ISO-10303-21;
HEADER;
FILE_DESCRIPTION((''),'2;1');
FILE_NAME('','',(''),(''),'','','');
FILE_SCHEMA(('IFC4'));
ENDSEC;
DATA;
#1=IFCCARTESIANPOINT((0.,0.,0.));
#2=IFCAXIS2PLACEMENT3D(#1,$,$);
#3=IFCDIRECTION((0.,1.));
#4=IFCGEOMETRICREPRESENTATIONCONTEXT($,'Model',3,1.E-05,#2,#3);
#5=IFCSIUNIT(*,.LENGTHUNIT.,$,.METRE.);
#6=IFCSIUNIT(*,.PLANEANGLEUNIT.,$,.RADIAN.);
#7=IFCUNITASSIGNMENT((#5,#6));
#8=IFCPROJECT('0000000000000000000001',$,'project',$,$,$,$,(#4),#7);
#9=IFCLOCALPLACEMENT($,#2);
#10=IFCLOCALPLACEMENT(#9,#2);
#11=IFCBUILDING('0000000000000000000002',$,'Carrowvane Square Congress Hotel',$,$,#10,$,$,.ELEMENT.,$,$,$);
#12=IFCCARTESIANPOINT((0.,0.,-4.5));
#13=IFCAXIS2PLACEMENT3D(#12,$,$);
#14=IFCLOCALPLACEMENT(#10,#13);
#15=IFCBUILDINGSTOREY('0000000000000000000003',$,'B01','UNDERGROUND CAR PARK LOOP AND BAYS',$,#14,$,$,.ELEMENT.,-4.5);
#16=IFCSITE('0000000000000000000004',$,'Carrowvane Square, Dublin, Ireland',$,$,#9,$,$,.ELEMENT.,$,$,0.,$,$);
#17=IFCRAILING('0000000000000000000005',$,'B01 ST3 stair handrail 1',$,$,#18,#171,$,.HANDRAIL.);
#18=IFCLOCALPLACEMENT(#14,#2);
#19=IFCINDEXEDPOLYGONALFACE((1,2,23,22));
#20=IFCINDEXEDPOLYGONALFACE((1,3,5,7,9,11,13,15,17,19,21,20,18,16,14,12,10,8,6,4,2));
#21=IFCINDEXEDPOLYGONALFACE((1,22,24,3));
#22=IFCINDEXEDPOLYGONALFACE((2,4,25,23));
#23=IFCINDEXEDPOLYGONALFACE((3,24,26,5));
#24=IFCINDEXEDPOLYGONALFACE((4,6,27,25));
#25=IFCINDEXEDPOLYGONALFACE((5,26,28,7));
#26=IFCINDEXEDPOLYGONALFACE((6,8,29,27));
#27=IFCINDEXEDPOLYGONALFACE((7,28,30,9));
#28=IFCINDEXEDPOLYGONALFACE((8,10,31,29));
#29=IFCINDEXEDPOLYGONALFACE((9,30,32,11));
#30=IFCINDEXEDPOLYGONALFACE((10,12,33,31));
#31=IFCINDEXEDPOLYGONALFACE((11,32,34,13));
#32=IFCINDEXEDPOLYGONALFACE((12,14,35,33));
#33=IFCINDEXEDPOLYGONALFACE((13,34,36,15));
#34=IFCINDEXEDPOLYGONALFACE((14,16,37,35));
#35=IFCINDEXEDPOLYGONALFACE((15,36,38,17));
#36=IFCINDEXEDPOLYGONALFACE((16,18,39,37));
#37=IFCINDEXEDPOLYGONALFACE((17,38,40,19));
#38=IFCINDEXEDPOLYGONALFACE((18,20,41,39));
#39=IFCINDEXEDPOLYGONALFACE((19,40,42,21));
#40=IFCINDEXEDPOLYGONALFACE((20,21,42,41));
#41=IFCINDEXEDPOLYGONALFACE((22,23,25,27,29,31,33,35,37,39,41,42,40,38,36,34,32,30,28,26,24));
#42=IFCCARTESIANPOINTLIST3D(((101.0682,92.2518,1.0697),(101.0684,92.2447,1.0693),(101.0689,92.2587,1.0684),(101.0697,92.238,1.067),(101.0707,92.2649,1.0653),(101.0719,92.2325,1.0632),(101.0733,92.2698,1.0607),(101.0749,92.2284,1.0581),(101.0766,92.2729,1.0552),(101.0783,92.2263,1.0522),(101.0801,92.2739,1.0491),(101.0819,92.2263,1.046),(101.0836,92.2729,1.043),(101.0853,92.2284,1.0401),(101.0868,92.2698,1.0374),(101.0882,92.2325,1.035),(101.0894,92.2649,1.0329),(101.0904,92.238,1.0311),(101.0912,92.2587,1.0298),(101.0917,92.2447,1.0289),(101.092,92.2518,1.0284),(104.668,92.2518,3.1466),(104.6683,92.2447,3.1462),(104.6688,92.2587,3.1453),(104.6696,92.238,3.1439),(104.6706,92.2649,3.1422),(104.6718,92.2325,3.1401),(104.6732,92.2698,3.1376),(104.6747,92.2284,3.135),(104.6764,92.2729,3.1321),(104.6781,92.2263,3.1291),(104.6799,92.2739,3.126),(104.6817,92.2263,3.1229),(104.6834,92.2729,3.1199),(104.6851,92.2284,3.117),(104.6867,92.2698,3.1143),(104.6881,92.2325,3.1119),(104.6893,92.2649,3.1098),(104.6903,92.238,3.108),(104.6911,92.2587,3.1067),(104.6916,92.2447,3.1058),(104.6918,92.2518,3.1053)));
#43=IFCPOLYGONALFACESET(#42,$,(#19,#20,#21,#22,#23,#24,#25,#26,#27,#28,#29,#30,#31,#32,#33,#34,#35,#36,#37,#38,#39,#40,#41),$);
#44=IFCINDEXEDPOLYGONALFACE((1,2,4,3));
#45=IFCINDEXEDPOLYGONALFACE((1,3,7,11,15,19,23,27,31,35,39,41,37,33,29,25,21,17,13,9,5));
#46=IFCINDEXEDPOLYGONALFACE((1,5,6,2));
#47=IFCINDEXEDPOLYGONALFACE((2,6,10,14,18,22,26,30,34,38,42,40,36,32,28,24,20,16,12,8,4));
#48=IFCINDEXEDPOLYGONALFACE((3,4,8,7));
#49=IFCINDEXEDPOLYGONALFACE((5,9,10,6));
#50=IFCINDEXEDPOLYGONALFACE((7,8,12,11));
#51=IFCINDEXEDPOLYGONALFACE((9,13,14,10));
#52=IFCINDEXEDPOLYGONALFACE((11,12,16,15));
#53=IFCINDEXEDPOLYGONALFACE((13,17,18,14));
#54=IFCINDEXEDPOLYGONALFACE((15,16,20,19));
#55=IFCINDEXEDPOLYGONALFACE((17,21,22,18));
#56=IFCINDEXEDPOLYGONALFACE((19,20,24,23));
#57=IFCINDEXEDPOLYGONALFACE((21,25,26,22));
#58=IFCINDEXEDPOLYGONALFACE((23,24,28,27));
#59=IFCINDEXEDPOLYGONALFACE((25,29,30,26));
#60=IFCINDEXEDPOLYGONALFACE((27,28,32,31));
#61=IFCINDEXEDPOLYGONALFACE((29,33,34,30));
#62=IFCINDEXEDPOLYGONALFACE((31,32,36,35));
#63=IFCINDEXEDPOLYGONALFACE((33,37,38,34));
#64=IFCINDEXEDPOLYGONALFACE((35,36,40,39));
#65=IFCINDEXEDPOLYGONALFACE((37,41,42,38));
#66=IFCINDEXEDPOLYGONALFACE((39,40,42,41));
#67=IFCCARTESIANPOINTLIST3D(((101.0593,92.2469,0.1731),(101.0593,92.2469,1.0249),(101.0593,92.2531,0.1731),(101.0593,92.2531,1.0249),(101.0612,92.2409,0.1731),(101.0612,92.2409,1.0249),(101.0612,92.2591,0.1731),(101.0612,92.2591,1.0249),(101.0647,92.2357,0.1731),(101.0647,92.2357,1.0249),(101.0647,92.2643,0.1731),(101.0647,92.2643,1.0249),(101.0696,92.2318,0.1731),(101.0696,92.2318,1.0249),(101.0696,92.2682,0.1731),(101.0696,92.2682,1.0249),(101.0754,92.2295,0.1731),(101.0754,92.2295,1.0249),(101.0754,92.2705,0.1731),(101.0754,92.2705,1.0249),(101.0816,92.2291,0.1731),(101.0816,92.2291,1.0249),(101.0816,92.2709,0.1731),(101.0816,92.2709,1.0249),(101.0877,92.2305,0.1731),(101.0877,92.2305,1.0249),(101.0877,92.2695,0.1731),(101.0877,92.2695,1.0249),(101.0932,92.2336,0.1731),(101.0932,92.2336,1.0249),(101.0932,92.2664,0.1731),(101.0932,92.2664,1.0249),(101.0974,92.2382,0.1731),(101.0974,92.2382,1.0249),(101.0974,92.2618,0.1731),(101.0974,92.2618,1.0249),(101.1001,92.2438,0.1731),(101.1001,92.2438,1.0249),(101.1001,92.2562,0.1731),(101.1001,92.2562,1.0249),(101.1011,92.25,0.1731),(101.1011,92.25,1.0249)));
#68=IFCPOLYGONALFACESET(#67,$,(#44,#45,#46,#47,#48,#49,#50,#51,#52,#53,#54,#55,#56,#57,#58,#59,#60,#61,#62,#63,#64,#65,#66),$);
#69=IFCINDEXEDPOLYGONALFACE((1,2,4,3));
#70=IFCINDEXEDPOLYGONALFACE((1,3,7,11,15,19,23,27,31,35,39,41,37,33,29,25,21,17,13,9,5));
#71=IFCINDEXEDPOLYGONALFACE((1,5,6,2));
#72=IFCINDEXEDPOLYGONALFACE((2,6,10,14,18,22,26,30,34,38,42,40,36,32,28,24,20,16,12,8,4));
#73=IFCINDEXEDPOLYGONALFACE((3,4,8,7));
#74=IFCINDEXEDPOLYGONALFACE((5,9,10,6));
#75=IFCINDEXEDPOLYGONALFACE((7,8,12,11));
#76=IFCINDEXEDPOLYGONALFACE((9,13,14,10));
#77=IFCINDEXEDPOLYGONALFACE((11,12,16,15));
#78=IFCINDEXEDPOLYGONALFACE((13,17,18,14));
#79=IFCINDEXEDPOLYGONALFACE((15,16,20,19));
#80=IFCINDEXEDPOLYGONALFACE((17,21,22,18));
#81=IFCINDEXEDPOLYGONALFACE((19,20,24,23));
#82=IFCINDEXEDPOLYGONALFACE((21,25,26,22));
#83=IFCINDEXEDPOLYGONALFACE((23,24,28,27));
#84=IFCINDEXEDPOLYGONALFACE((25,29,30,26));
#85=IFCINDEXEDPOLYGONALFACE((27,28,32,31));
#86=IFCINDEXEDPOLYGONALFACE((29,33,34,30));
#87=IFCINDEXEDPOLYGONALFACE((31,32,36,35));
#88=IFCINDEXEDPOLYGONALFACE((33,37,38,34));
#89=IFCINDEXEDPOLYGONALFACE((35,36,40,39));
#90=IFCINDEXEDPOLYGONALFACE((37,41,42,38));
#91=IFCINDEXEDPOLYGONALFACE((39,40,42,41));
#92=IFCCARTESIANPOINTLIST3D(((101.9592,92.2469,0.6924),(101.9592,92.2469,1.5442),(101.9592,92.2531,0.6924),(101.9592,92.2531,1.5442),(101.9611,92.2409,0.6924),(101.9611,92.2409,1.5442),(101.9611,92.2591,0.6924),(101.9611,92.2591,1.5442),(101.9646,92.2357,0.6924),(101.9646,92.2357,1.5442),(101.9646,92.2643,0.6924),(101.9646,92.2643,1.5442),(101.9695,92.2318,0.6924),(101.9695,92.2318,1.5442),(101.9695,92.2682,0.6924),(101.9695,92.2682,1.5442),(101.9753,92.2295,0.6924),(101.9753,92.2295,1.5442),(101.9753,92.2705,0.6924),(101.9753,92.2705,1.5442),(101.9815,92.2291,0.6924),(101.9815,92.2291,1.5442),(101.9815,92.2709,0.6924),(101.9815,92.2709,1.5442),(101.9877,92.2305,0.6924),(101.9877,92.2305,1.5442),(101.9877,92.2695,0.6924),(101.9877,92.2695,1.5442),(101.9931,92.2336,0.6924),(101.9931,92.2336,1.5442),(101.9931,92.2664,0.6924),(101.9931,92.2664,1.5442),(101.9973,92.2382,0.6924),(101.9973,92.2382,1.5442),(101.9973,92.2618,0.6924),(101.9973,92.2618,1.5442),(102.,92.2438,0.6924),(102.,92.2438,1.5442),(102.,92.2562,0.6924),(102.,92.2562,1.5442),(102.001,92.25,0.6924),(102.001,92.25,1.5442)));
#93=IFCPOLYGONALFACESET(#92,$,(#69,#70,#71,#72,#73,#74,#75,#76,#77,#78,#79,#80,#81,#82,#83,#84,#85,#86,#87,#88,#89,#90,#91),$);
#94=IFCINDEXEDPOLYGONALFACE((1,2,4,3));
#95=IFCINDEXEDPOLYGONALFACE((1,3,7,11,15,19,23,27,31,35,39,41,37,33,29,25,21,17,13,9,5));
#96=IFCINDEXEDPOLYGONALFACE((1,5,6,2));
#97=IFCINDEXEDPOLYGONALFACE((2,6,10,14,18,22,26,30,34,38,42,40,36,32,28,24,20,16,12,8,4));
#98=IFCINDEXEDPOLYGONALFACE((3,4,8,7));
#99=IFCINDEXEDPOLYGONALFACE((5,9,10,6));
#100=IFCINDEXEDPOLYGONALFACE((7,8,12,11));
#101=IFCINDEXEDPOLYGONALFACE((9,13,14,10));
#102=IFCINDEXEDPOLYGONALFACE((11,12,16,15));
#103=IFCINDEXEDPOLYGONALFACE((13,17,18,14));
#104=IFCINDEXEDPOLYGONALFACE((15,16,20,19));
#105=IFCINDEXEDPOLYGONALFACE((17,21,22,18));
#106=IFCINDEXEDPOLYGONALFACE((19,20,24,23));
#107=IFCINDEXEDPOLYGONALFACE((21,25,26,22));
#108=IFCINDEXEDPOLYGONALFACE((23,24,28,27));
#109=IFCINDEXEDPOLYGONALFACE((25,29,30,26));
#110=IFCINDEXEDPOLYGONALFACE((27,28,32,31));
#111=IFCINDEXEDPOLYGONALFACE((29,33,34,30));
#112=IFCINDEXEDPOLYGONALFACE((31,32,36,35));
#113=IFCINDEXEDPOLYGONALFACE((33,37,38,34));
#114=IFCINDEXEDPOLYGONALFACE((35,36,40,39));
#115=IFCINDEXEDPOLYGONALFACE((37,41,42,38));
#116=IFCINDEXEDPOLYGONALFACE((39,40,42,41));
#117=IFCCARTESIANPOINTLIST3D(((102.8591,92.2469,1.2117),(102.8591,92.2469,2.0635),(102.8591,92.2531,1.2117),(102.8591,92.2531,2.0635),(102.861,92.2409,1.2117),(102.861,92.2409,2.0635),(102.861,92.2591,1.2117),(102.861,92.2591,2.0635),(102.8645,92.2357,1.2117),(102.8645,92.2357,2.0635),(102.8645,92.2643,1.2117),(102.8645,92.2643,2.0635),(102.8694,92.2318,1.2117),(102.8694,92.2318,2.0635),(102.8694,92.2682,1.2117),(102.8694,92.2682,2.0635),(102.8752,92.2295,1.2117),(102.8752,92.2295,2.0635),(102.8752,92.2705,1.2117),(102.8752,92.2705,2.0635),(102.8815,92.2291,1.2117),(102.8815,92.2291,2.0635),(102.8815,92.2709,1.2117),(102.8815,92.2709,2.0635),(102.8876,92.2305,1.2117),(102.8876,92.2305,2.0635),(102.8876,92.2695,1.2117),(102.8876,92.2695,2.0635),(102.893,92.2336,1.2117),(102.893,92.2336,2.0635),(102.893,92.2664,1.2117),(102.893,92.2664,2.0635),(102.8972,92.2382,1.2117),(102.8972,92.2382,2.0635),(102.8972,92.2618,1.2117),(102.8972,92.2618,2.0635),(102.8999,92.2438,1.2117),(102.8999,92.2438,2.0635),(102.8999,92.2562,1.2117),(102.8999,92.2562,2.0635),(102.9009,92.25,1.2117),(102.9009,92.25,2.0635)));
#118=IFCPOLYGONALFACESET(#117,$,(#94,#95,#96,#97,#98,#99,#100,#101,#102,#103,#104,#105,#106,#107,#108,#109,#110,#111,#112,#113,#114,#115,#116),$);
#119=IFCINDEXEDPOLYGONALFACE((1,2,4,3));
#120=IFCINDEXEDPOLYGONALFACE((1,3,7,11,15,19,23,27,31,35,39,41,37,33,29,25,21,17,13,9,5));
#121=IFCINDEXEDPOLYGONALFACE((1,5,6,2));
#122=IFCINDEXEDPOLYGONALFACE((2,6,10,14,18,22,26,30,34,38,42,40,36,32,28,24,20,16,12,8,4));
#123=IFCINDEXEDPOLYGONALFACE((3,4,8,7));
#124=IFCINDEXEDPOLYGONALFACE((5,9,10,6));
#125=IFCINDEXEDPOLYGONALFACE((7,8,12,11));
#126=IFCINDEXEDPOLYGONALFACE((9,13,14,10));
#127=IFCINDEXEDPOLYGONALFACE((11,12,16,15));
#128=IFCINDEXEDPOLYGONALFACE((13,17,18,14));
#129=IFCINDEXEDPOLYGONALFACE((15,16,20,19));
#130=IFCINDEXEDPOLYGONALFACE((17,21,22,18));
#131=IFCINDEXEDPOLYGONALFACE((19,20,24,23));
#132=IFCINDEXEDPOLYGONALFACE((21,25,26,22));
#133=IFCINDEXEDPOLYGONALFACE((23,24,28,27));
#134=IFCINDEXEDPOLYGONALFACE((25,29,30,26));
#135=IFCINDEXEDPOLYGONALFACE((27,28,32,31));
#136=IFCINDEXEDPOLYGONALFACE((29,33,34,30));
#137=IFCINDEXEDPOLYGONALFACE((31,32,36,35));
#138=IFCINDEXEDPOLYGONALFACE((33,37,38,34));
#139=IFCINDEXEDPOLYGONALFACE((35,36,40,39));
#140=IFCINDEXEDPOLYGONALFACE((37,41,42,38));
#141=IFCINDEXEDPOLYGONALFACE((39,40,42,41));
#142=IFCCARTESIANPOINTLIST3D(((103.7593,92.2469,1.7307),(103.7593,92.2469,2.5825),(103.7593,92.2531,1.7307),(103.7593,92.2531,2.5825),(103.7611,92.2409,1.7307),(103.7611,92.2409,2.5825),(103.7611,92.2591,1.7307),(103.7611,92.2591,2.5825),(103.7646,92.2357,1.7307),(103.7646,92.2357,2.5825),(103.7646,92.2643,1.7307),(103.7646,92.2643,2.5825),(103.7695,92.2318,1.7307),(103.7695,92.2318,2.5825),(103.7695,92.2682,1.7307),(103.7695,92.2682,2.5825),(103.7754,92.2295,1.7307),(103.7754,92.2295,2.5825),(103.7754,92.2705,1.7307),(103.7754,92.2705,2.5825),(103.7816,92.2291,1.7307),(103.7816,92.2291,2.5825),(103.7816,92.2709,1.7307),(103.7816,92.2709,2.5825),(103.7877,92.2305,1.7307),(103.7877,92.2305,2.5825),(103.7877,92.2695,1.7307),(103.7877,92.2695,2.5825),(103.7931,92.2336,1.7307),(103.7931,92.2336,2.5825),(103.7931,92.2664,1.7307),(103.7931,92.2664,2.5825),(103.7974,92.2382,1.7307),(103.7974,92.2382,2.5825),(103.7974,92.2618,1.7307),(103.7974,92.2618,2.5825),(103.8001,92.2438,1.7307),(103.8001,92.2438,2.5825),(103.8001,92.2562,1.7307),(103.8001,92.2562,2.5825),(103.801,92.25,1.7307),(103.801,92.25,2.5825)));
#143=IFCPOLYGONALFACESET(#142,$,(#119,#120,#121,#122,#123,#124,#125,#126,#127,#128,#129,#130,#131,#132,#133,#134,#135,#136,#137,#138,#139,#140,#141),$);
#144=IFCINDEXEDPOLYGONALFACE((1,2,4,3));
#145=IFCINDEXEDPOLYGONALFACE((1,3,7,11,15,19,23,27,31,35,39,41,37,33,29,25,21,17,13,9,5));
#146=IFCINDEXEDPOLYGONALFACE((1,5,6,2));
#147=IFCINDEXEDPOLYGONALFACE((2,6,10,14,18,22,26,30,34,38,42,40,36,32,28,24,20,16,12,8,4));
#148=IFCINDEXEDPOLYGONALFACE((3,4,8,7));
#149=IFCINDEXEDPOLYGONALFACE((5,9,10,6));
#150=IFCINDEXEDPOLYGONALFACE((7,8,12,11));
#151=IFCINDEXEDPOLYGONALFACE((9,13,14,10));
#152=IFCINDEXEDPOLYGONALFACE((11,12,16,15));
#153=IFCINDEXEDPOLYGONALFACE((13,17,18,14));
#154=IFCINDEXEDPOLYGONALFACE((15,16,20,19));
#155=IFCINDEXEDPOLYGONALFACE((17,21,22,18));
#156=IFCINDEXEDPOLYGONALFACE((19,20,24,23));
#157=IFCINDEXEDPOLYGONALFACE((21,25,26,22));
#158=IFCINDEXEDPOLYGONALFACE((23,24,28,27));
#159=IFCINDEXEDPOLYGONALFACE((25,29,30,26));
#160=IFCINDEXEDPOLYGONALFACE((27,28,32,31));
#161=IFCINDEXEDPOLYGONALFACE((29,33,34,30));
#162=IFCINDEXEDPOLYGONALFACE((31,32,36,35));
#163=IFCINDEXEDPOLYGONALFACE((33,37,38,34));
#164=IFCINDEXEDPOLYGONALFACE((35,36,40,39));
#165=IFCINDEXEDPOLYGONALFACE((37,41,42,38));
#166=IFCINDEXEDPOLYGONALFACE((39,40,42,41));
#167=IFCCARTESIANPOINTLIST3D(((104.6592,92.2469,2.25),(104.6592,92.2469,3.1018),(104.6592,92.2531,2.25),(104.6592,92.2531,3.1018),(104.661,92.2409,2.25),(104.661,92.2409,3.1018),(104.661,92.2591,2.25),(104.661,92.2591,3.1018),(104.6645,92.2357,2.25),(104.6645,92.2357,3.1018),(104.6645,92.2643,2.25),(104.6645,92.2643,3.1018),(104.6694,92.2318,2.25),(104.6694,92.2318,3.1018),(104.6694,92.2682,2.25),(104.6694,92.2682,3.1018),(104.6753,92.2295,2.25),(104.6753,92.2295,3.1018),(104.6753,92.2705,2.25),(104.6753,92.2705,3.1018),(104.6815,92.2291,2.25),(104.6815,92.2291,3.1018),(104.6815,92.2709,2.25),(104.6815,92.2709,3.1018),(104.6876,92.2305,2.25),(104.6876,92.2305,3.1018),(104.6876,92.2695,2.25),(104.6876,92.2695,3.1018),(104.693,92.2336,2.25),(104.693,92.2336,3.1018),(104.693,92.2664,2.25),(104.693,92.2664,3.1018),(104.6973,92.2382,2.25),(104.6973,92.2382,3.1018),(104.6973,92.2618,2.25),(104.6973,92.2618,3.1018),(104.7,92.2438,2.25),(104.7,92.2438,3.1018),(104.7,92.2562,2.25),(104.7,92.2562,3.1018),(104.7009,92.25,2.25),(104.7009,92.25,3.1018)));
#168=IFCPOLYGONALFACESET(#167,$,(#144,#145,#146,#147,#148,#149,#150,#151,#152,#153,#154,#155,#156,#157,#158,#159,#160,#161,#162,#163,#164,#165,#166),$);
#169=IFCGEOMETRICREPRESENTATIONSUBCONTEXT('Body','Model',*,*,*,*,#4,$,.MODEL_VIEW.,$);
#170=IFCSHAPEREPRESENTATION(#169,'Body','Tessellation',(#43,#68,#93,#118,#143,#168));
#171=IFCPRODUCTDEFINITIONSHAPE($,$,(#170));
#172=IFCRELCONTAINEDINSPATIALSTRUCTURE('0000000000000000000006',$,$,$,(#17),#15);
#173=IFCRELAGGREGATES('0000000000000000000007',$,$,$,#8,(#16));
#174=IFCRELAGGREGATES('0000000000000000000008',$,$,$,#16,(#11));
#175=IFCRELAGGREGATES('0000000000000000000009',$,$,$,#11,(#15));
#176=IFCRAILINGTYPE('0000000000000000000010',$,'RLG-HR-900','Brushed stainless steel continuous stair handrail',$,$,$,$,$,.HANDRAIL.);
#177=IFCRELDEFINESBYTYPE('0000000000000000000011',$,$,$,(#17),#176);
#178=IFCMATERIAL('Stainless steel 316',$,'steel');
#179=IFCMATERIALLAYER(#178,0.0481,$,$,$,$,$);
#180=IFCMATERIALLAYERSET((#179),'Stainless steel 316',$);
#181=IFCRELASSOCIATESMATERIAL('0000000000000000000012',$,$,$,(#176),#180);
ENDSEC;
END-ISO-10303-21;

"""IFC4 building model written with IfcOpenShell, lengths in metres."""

from ifc_helpers import new_model, si_unit, direction, frame, origin, origin_2d, place, context, subcontext, project, spatial, circle, extrude, material, layer, layer_set, type_object, element, save


model = new_model("IFC4")

# Units and contexts
model_context = context("Model", 3, precision=1e-05, world=origin(), true_north=direction((0.0, 1.0)))
body_context = subcontext(model_context, "Body", "Model", "MODEL_VIEW")
ifc_project = project(units=[si_unit("LENGTHUNIT", "METRE"), si_unit("PLANEANGLEUNIT", "RADIAN")], contexts=[model_context])

# Site, building, storey
site_placement = place(None, origin())
site = spatial("IfcSite", under=ifc_project, at=site_placement, Name="Carrowvane Square, Dublin, Ireland", CompositionType="ELEMENT", RefElevation=0.0)
building_placement = place(site_placement, origin())
building = spatial("IfcBuilding", under=site, at=building_placement, Name="Carrowvane Square Congress Hotel", CompositionType="ELEMENT")
storey_placement = place(building_placement, frame((0.0, 0.0, -4.5)))
storey = spatial("IfcBuildingStorey", under=building, at=storey_placement, Name="B01", Description="UNDERGROUND CAR PARK LOOP AND BAYS", CompositionType="ELEMENT", Elevation=-4.5)

# Railing
ifc_material_1 = material(Name="Stainless steel 316", Category="steel")
ifc_layer_1 = layer(ifc_material_1, 0.0481)
ifc_layer_set_1 = layer_set([ifc_layer_1], Name="Stainless steel 316")
railing_type_1 = type_object("IfcRailingType", Name="RLG-HR-900", Description="Brushed stainless steel continuous stair handrail", PredefinedType="HANDRAIL", material=ifc_layer_set_1)
railing_1_placement = place(storey_placement, frame((101.0801, 92.25, 0.1731)))
element("IfcRailing", 1, at=railing_1_placement, inside=storey, type_object=railing_type_1, Name="B01 ST3 stair handrail 1", PredefinedType="HANDRAIL", context=body_context, shape_type="SweptSolid", body=[
    extrude(circle(Radius=0.0239, at=origin_2d()), frame((0.0, 0.0, 0.876), z_axis=(0.866179, 0.0, 0.499734), x_axis=(0.0, 1.0, 0.0)), (0.0, 0.0, 1.0), 4.156),
    extrude(circle(Radius=0.021, at=origin_2d()), origin(), (0.0, 0.0, 1.0), 0.8518),
    extrude(circle(Radius=0.021, at=origin_2d()), frame((0.8999, 0.0, 0.5193)), (0.0, 0.0, 1.0), 0.8518),
    extrude(circle(Radius=0.021, at=origin_2d()), frame((1.7998, 0.0, 1.0386)), (0.0, 0.0, 1.0), 0.8518),
    extrude(circle(Radius=0.021, at=origin_2d()), frame((2.7, 0.0, 1.5576)), (0.0, 0.0, 1.0), 0.8518),
    extrude(circle(Radius=0.021, at=origin_2d()), frame((3.5999, 0.0, 2.0769)), (0.0, 0.0, 1.0), 0.8518),
])

save(model, "model.ifc")
